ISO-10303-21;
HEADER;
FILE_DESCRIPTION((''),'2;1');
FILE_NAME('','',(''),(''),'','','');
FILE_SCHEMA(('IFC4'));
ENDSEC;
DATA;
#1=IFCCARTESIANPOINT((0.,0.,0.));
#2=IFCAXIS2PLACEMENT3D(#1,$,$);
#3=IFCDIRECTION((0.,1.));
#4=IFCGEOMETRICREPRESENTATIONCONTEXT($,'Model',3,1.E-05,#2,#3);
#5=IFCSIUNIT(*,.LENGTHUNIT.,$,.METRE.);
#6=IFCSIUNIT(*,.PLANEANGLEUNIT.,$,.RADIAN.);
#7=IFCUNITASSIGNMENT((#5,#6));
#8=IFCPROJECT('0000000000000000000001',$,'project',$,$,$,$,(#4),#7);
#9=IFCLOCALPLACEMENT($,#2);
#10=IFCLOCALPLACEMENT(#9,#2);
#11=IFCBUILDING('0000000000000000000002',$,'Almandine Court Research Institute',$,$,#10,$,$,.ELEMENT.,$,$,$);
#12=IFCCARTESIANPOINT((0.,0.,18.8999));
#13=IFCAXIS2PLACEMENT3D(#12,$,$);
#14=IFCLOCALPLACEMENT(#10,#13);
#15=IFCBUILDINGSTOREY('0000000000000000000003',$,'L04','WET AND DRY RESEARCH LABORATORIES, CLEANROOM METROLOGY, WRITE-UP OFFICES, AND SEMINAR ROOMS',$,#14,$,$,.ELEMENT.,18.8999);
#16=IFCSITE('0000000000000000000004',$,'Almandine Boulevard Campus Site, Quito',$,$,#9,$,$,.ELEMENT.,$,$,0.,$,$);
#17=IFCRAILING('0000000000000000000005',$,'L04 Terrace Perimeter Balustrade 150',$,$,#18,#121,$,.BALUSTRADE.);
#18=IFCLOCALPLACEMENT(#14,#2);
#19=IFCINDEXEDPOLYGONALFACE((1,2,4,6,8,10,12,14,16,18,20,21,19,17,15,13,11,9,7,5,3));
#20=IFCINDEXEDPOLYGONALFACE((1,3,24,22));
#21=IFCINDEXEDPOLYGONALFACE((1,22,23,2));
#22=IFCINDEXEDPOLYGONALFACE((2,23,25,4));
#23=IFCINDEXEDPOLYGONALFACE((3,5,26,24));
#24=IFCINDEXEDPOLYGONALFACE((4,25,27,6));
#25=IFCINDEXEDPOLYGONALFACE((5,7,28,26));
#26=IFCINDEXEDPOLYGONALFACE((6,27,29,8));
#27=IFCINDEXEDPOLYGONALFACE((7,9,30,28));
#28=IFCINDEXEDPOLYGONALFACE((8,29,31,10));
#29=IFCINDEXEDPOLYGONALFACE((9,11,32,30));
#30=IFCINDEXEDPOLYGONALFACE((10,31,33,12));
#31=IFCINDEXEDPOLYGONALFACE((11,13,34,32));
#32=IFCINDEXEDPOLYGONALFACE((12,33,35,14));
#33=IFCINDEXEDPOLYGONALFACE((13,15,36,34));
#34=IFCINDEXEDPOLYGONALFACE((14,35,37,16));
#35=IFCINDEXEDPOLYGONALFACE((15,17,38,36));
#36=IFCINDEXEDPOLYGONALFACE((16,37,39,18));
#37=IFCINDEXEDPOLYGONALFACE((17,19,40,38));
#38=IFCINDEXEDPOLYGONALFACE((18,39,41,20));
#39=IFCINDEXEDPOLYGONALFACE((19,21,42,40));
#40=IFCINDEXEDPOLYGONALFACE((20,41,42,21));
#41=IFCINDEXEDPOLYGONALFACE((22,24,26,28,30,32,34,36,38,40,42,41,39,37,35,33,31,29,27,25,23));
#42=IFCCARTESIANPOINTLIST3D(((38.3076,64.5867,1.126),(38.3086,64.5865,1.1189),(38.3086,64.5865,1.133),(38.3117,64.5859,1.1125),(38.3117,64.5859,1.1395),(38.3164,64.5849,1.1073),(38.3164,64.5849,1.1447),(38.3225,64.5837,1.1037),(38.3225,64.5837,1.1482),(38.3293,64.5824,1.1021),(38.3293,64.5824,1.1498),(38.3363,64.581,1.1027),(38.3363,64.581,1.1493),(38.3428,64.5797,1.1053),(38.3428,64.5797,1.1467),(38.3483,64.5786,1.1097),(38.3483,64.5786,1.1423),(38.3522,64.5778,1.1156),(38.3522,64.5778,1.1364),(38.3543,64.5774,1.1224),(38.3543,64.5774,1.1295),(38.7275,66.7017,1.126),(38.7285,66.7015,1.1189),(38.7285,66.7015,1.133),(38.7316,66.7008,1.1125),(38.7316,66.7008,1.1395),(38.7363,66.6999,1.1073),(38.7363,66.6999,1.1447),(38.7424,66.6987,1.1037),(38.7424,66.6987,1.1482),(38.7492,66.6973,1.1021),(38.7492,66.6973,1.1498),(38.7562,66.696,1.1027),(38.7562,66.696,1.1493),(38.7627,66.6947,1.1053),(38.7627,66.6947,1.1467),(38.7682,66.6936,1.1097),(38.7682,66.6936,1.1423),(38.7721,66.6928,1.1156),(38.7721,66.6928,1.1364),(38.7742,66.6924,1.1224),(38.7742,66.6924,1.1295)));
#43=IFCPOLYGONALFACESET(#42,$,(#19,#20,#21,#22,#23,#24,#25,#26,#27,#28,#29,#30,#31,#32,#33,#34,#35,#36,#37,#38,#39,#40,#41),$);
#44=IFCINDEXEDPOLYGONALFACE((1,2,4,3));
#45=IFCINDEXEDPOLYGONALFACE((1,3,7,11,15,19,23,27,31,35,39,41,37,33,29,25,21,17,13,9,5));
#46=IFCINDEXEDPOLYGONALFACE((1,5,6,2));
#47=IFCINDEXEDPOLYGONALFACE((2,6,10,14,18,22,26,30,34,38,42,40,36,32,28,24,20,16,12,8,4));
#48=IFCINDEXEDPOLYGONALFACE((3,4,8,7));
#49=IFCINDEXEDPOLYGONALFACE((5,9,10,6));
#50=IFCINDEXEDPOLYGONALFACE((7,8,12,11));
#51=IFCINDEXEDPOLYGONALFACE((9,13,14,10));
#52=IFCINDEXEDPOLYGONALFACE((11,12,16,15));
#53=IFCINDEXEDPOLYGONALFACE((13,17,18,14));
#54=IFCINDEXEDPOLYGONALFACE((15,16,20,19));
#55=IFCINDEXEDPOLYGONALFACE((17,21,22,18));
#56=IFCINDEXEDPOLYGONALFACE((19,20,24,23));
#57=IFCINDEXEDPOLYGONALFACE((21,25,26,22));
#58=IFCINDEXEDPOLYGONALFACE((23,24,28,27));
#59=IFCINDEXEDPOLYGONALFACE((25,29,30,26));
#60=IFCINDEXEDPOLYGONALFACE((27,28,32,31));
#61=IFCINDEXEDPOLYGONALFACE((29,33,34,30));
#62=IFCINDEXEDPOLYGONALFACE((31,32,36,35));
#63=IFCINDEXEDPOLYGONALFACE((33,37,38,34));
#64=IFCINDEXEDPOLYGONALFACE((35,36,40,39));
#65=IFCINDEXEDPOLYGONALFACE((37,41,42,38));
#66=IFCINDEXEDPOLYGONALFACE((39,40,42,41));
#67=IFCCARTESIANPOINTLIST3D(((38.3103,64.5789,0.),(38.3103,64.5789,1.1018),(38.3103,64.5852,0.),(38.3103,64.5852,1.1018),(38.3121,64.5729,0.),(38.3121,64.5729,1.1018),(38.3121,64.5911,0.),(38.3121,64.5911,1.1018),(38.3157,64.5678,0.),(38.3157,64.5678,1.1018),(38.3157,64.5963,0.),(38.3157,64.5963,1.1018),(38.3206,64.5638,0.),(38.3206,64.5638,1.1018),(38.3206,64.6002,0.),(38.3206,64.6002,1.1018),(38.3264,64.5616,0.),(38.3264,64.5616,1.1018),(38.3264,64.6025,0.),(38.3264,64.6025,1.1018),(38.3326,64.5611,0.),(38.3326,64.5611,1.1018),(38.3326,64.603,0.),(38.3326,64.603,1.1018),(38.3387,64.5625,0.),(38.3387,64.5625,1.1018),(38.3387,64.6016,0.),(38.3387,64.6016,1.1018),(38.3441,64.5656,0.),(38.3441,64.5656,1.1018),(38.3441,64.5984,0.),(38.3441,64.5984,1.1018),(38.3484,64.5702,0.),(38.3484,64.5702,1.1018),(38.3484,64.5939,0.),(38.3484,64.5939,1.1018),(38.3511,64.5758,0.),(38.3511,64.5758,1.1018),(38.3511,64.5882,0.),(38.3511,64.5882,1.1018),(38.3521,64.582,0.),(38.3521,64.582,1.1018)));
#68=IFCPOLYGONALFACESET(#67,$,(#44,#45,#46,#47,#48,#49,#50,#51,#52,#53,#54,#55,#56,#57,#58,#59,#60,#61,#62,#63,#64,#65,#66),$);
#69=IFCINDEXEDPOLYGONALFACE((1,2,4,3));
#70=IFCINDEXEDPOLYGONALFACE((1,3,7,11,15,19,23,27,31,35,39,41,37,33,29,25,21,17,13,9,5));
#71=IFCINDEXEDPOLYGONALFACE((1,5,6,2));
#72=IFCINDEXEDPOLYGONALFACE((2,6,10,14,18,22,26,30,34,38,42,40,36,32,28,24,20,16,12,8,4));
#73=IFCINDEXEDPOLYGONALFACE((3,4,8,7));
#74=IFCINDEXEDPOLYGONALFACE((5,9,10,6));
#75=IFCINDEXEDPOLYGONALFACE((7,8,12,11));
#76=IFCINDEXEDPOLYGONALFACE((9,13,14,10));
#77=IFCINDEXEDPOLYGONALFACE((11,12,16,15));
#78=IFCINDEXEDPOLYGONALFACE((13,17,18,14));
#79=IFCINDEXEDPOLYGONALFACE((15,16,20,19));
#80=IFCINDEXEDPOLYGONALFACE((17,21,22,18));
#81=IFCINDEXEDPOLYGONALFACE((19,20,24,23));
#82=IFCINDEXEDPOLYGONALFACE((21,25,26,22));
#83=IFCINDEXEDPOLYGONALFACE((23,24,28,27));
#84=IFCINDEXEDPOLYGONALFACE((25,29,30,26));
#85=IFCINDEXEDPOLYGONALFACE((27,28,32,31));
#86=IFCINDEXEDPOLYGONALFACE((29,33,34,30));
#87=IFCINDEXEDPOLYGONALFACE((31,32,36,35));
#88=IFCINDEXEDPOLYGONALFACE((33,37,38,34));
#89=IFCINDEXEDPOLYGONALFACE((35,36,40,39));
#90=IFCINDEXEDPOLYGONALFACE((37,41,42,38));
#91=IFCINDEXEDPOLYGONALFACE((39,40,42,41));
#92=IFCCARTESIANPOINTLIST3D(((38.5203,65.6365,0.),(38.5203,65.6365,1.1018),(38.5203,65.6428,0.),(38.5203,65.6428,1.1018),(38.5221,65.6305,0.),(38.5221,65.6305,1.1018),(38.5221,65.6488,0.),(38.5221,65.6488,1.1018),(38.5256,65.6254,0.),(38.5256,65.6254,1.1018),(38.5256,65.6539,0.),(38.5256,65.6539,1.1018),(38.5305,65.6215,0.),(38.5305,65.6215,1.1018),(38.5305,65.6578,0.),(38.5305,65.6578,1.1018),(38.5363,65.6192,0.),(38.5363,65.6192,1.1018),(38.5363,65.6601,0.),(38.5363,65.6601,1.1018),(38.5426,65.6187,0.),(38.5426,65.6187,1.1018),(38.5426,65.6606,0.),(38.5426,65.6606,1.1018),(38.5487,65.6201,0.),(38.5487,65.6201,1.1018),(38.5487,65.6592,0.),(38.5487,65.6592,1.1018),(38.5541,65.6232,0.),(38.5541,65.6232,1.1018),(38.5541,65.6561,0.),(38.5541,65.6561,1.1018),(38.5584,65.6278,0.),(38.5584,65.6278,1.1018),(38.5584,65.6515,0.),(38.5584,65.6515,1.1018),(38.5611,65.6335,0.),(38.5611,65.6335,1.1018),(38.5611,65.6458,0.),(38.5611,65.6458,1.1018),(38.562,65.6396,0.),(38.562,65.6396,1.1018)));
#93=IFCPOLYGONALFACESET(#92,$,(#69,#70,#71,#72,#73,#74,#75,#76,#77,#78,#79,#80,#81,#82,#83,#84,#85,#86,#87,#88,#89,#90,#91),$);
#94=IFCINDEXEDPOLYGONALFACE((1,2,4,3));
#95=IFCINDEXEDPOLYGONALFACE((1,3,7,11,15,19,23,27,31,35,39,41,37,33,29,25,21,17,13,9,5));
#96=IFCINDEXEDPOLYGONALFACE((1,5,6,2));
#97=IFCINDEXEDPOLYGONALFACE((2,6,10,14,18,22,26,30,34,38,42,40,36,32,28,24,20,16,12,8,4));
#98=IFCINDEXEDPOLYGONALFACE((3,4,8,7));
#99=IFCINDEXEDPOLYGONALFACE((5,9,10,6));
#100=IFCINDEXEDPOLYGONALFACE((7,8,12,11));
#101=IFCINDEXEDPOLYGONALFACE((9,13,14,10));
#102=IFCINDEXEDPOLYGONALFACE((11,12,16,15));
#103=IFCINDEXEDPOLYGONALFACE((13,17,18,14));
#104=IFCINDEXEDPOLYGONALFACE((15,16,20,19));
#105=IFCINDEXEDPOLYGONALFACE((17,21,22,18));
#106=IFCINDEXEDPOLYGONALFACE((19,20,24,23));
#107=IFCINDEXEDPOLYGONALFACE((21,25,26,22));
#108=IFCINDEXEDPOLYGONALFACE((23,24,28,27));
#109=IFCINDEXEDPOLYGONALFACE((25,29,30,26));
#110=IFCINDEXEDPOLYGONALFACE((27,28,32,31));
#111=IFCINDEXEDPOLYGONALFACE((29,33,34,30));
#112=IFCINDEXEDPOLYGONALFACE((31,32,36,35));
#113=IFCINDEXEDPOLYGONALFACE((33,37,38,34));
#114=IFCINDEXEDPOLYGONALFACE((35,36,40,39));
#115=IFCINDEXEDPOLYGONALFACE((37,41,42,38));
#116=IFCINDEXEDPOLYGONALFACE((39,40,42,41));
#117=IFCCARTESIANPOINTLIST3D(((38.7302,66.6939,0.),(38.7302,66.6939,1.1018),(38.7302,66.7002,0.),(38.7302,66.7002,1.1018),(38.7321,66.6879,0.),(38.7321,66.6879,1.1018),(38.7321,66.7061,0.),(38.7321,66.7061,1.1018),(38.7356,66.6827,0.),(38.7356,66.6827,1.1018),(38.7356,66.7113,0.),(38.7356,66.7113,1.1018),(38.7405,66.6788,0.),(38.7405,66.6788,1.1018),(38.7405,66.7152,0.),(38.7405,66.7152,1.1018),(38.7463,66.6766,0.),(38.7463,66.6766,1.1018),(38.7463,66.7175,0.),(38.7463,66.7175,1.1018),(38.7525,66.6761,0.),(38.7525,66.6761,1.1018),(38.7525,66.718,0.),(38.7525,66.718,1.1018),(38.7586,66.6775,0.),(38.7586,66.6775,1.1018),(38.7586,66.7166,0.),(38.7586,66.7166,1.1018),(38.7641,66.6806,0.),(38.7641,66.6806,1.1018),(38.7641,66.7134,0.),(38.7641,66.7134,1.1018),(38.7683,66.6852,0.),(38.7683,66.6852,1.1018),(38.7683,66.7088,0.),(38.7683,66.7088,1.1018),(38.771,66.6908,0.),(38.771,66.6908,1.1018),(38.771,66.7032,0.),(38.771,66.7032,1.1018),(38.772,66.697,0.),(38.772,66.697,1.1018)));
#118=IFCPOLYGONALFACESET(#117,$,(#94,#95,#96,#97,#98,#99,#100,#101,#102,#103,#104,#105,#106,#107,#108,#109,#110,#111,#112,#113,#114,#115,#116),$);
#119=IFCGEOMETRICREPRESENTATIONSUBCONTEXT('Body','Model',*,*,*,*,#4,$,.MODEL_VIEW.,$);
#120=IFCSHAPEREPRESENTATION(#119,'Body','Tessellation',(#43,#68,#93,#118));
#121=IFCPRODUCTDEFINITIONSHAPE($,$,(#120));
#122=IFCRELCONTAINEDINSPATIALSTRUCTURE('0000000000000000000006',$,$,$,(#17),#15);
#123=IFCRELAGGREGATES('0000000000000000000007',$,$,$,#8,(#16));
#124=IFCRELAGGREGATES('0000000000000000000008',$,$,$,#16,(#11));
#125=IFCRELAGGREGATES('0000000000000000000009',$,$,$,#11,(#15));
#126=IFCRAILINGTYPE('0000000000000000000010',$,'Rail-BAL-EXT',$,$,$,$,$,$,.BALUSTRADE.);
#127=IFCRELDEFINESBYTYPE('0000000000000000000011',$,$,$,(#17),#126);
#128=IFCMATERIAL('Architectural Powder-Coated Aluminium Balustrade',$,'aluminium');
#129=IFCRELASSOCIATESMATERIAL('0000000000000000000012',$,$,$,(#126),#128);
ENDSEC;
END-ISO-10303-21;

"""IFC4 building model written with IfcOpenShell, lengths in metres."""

from ifc_helpers import new_model, si_unit, direction, frame, origin, origin_2d, place, context, subcontext, project, spatial, circle, extrude, material, type_object, element, save


model = new_model("IFC4")

# Units and contexts
model_context = context("Model", 3, precision=1e-05, world=origin(), true_north=direction((0.0, 1.0)))
body_context = subcontext(model_context, "Body", "Model", "MODEL_VIEW")
ifc_project = project(units=[si_unit("LENGTHUNIT", "METRE"), si_unit("PLANEANGLEUNIT", "RADIAN")], contexts=[model_context])

# Site, building, storey
site_placement = place(None, origin())
site = spatial("IfcSite", under=ifc_project, at=site_placement, Name="Almandine Boulevard Campus Site, Quito", CompositionType="ELEMENT", RefElevation=0.0)
building_placement = place(site_placement, origin())
building = spatial("IfcBuilding", under=site, at=building_placement, Name="Almandine Court Research Institute", CompositionType="ELEMENT")
storey_placement = place(building_placement, frame((0.0, 0.0, 18.8999)))
storey = spatial("IfcBuildingStorey", under=building, at=storey_placement, Name="L04", Description="WET AND DRY RESEARCH LABORATORIES, CLEANROOM METROLOGY, WRITE-UP OFFICES, AND SEMINAR ROOMS", CompositionType="ELEMENT", Elevation=18.8999)

# Railing
ifc_material_1 = material(Name="Architectural Powder-Coated Aluminium Balustrade", Category="aluminium")
railing_type = type_object("IfcRailingType", Name="Rail-BAL-EXT", PredefinedType="BALUSTRADE", material=ifc_material_1)
railing_1_placement = place(storey_placement, frame((38.3311, 64.582, 0.0)))
element("IfcRailing", 1, at=railing_1_placement, inside=storey, type_object=railing_type, Name="L04 Terrace Perimeter Balustrade 150", PredefinedType="BALUSTRADE", context=body_context, shape_type="SweptSolid", body=[
    extrude(circle(Radius=0.0239, at=origin_2d()), frame((0.0, 0.0, 1.126), z_axis=(0.194744, 0.980854, 0.0), x_axis=(-0.980854, 0.194744, 0.0)), (0.0, 0.0, 1.0), 2.1562),
    extrude(circle(Radius=0.021, at=origin_2d()), origin(), (0.0, 0.0, 1.0), 1.1018),
    extrude(circle(Radius=0.021, at=origin_2d()), frame((0.21, 1.0576, 0.0)), (0.0, 0.0, 1.0), 1.1018),
    extrude(circle(Radius=0.021, at=origin_2d()), frame((0.4199, 2.115, 0.0)), (0.0, 0.0, 1.0), 1.1018),
])

save(model, "model.ifc")
